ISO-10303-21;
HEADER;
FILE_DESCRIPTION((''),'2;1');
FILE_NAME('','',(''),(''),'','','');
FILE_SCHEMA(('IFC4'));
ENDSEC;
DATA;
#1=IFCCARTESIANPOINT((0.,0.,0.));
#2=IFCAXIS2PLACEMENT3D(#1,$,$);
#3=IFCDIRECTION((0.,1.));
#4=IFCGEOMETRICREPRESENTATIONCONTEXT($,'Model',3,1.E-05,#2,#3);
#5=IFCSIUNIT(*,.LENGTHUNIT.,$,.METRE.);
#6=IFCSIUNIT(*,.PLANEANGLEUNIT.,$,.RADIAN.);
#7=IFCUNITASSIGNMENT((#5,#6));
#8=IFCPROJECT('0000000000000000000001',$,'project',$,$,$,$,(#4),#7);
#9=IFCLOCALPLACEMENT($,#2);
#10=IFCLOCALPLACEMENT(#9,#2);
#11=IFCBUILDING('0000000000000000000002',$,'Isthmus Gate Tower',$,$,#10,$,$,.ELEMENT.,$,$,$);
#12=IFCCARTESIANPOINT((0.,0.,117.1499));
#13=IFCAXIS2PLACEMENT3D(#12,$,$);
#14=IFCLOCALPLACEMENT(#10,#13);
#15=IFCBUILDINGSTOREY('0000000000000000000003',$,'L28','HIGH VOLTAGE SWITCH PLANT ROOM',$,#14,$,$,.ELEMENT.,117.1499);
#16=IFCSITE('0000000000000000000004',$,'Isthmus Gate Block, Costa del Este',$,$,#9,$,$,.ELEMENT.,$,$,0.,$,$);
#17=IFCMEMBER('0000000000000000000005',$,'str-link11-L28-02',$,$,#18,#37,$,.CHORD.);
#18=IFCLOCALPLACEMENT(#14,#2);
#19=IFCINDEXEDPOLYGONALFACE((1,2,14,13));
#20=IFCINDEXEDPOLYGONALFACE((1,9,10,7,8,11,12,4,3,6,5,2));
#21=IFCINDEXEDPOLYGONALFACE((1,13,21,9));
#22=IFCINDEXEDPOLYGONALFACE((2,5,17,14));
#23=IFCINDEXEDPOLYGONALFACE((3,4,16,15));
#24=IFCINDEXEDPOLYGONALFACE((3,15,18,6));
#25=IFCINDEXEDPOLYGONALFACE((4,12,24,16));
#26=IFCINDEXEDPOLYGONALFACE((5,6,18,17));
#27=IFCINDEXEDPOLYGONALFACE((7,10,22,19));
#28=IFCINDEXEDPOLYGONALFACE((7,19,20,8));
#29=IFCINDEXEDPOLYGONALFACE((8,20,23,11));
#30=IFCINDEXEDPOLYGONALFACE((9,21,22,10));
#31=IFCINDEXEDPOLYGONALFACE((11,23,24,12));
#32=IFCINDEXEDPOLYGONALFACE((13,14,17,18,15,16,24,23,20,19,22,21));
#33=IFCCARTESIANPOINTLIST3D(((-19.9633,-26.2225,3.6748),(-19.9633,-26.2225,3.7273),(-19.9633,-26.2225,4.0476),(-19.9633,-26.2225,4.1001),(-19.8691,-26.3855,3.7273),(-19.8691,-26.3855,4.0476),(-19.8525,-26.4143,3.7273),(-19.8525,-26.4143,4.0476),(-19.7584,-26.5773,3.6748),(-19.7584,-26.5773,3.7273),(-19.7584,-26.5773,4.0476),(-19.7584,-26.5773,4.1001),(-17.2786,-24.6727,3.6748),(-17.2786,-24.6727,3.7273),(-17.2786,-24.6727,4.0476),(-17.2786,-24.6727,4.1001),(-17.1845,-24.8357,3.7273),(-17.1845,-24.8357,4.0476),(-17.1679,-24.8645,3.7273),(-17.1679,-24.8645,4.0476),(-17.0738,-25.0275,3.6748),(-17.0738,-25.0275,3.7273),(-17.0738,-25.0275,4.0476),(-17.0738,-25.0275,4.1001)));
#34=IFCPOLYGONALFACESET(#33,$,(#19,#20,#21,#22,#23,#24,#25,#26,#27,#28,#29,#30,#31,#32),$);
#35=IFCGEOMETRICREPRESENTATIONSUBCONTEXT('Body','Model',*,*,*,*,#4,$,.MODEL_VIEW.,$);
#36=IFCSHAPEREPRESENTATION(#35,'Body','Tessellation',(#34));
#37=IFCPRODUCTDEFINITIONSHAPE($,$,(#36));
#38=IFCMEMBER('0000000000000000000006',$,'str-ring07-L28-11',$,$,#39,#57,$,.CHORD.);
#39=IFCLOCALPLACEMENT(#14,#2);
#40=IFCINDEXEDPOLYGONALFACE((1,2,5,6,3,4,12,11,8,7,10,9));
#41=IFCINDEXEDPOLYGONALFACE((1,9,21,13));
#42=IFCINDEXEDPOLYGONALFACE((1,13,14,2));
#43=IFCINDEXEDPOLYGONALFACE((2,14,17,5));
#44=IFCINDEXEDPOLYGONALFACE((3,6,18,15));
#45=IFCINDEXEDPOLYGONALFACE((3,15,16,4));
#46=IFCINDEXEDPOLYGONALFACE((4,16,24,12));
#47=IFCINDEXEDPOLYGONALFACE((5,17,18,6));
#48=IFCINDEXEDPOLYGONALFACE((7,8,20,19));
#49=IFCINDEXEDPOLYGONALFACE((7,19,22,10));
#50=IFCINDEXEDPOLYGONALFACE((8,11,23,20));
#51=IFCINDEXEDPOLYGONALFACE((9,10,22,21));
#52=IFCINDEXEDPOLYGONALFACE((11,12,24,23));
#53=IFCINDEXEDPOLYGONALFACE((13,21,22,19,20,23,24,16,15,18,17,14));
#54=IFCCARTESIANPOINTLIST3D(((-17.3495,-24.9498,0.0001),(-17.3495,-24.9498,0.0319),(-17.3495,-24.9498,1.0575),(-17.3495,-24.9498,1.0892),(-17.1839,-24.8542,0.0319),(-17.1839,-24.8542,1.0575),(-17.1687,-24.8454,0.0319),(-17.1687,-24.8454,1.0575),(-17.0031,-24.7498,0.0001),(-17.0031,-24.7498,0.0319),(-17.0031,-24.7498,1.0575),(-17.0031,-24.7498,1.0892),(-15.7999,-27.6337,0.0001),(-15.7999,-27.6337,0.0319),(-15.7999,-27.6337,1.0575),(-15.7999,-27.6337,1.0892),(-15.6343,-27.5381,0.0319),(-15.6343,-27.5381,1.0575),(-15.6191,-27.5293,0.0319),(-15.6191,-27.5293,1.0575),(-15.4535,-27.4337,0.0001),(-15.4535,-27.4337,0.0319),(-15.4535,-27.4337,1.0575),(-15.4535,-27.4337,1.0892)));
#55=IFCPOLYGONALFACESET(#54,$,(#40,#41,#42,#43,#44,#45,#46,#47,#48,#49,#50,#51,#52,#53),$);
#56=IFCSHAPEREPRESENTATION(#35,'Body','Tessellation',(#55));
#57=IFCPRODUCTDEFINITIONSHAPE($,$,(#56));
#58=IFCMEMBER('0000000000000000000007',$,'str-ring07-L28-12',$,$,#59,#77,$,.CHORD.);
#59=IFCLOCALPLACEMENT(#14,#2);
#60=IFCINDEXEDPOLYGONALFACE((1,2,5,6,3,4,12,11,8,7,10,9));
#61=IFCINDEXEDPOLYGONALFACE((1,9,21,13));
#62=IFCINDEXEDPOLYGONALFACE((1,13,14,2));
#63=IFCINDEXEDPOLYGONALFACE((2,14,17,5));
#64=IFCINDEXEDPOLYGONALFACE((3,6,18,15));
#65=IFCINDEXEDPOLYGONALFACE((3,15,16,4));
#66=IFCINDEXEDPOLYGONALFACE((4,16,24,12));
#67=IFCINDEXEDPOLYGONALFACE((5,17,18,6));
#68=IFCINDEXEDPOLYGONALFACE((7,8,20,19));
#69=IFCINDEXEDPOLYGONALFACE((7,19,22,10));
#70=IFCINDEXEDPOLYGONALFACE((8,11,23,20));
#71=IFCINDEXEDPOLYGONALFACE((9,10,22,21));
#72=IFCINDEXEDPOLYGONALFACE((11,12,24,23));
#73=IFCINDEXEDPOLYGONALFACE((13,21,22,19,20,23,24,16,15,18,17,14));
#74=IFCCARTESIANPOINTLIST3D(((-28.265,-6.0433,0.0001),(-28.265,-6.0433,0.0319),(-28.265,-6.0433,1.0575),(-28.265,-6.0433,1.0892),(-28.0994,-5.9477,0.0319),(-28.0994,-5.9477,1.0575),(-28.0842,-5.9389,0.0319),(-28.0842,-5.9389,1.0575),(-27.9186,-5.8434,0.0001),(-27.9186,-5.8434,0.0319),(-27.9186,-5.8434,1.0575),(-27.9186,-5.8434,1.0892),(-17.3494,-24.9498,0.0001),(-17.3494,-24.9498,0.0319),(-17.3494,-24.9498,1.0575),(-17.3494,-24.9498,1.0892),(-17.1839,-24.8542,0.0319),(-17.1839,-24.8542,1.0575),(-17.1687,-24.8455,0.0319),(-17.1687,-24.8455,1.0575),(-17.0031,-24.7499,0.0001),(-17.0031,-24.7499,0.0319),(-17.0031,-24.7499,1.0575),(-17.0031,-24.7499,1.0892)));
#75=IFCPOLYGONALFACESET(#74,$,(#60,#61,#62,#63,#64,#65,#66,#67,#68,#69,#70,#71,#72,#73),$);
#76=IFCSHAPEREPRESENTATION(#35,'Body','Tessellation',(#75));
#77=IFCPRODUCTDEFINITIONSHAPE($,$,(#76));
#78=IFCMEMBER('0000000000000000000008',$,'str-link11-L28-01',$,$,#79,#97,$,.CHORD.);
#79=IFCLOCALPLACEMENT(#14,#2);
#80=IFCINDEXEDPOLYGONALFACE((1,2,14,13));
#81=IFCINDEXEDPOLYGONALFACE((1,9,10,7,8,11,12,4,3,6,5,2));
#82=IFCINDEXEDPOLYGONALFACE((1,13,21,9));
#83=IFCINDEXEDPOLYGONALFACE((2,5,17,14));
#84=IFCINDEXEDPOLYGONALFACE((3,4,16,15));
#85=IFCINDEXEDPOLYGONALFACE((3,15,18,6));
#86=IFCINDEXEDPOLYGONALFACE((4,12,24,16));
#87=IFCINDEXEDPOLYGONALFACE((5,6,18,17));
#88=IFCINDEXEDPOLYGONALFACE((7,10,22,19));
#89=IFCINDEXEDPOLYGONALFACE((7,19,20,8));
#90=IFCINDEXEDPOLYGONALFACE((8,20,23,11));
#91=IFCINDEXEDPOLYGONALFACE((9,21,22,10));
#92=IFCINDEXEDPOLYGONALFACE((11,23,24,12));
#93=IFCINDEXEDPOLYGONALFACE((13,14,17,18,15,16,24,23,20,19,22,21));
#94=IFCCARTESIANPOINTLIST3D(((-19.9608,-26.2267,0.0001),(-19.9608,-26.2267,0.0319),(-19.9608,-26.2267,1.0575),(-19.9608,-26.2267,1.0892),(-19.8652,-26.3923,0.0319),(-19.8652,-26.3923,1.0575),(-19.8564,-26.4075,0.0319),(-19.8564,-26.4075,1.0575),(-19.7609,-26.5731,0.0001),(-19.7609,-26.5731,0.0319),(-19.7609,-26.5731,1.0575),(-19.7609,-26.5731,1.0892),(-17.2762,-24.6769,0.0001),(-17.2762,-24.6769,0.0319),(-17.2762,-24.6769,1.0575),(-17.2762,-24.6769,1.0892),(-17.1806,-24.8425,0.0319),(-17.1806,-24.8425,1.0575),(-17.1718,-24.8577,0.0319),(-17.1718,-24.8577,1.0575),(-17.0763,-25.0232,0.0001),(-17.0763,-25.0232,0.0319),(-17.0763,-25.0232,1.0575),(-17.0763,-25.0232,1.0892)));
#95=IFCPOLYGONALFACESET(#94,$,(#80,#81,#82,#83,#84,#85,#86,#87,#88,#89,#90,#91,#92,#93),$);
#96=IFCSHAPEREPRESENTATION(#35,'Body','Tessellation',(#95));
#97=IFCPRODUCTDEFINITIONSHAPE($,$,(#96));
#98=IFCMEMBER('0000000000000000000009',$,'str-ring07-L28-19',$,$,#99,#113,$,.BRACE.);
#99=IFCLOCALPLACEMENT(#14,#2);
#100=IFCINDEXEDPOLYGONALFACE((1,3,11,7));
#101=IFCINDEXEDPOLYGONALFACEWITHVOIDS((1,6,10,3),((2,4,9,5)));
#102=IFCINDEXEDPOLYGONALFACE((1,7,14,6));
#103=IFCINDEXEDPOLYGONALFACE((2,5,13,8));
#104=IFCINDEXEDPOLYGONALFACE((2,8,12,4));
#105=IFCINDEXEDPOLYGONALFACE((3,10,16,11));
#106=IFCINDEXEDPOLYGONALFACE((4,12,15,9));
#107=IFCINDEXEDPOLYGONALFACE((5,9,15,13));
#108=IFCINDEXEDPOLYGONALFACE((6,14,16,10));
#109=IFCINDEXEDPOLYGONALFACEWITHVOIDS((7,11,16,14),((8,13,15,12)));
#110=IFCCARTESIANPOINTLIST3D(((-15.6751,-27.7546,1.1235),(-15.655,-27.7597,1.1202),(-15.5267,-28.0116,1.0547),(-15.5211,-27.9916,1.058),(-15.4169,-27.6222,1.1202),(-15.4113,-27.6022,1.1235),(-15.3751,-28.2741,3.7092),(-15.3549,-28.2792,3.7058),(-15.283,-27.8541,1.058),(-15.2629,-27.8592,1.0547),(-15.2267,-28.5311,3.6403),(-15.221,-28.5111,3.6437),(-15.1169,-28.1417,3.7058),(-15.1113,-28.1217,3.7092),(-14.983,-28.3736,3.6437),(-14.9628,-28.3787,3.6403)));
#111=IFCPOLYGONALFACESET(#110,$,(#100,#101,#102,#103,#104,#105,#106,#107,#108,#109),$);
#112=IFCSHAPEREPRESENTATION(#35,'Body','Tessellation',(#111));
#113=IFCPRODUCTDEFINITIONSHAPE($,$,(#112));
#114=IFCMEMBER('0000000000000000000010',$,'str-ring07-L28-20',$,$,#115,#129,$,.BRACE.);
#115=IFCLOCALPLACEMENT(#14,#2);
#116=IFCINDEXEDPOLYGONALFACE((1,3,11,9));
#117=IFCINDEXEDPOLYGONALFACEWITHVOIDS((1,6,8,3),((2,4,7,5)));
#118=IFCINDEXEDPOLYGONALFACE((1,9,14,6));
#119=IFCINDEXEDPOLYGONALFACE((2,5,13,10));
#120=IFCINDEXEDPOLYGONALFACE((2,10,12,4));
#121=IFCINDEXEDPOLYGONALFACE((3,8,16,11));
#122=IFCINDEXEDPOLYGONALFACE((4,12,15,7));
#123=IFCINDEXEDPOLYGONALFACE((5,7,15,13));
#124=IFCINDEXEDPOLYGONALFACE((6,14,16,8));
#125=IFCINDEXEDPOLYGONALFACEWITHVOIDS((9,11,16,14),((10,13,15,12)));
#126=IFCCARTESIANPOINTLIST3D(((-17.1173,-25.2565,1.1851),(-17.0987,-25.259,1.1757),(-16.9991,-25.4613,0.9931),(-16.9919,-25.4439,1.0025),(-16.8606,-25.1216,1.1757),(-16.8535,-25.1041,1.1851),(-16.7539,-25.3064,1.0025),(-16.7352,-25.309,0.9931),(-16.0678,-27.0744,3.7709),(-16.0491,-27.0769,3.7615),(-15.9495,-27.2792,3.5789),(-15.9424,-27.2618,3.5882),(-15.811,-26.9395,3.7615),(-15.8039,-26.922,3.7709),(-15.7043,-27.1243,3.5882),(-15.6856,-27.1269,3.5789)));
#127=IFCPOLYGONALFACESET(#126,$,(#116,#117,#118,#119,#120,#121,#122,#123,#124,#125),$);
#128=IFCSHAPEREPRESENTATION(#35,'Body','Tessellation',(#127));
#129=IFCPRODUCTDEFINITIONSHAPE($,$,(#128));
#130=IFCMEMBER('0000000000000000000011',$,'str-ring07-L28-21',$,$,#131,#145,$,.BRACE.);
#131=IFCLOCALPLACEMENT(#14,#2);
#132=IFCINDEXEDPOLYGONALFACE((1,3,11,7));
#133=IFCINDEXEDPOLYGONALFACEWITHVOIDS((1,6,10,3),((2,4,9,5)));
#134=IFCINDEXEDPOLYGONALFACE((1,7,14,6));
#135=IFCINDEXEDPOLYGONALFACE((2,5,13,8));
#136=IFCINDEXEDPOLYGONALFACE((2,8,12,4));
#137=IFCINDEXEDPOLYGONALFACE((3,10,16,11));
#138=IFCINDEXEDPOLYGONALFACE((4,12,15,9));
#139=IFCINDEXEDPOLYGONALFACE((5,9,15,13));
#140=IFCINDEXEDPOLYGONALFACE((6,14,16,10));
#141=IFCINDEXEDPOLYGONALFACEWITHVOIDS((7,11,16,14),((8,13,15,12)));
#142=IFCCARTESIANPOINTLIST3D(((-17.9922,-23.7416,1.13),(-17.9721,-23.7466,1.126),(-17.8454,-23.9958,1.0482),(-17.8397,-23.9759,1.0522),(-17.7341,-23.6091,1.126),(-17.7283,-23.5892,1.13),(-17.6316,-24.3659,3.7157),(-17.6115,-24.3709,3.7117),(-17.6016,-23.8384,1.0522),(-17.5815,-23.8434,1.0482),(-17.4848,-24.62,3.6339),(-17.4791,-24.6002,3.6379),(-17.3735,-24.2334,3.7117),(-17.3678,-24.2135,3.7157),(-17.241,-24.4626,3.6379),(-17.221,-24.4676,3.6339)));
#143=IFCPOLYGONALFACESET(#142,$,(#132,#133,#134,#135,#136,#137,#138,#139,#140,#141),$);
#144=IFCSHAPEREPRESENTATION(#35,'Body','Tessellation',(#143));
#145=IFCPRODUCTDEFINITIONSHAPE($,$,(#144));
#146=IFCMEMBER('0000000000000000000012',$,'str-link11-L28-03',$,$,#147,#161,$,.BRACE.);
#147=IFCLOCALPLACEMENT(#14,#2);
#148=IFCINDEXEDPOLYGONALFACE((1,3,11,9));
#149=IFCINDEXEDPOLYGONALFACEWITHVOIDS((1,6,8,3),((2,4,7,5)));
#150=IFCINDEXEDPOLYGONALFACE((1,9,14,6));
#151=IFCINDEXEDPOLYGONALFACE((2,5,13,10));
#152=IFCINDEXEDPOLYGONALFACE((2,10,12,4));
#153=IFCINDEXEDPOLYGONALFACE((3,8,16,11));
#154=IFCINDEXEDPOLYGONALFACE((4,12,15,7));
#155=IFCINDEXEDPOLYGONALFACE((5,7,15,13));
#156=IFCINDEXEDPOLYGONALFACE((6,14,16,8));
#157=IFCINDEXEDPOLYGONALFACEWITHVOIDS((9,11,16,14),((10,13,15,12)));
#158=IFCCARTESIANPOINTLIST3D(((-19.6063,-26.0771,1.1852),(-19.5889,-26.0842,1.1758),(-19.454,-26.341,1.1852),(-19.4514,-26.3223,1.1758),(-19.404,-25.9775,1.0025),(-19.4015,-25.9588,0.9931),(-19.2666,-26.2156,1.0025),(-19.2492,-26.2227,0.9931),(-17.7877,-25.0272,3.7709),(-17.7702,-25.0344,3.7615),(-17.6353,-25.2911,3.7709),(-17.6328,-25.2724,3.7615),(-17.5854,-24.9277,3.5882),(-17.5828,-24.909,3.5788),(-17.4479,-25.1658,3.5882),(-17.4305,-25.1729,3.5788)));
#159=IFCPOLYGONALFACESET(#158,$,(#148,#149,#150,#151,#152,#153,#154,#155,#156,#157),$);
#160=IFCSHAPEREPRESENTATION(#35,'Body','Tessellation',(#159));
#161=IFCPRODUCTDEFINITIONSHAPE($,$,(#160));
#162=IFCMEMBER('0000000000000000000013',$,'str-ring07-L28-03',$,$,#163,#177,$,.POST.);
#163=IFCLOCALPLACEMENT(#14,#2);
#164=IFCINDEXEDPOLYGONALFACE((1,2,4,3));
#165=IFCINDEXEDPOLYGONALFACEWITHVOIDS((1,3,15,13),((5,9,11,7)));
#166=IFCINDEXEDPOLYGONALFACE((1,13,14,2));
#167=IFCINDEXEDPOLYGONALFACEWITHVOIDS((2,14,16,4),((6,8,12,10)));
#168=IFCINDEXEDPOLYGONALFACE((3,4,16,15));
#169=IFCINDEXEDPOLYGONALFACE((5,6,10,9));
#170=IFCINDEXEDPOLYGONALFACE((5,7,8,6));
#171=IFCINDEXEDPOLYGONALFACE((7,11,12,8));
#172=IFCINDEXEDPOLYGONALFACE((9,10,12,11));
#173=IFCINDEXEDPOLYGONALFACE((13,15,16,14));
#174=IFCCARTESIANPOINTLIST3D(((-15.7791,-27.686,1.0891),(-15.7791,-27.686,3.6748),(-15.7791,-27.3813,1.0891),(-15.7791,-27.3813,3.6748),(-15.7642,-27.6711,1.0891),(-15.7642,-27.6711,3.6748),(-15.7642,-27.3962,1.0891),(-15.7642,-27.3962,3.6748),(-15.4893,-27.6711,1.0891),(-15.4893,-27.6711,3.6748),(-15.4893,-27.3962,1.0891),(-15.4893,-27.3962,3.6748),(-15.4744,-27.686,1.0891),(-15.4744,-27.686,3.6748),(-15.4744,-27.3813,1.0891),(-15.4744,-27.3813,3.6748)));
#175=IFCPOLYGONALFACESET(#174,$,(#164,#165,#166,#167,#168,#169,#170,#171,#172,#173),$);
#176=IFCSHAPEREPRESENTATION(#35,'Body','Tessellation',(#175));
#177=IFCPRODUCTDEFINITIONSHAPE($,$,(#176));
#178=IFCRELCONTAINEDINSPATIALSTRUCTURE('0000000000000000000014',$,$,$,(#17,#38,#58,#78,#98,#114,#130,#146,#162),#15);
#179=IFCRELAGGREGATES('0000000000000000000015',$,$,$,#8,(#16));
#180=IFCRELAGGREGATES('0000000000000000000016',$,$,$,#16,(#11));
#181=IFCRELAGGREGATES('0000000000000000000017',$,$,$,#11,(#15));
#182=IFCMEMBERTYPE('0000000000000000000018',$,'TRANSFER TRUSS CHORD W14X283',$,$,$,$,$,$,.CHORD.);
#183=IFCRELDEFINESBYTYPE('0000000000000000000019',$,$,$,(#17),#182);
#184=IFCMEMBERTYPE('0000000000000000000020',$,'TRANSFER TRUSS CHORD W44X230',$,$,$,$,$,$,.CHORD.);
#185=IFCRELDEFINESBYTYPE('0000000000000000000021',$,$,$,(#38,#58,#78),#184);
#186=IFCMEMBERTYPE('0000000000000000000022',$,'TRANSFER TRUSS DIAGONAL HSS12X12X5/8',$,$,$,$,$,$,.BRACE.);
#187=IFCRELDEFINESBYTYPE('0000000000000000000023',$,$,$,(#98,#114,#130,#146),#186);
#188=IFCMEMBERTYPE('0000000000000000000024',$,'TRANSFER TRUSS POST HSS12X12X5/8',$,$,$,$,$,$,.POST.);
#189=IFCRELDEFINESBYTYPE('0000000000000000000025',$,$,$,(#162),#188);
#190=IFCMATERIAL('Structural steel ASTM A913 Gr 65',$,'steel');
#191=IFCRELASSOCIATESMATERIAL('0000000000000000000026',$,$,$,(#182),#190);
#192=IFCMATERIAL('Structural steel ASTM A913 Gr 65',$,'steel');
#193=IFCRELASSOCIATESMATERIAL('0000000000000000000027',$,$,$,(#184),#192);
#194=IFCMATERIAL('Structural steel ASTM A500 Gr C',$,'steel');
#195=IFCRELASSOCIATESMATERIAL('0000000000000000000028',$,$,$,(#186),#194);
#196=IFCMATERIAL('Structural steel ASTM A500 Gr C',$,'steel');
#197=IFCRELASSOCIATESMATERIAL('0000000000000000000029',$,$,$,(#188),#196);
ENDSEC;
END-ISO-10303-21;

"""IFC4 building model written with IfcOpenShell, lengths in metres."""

from ifc_helpers import new_model, si_unit, direction, frame, origin, origin_2d, place, context, subcontext, project, spatial, hollow_rectangle, i_section, extrude, material, material_profile, profile_set, type_object, element, save


model = new_model("IFC4")

# Units and contexts
model_context = context("Model", 3, precision=1e-05, world=origin(), true_north=direction((0.0, 1.0)))
body_context = subcontext(model_context, "Body", "Model", "MODEL_VIEW")
ifc_project = project(units=[si_unit("LENGTHUNIT", "METRE"), si_unit("PLANEANGLEUNIT", "RADIAN")], contexts=[model_context])

# Site, building, storey
site_placement = place(None, origin())
site = spatial("IfcSite", under=ifc_project, at=site_placement, Name="Isthmus Gate Block, Costa del Este", CompositionType="ELEMENT", RefElevation=0.0)
building_placement = place(site_placement, origin())
building = spatial("IfcBuilding", under=site, at=building_placement, Name="Isthmus Gate Tower", CompositionType="ELEMENT")
storey_placement = place(building_placement, frame((0.0, 0.0, 117.1499)))
storey = spatial("IfcBuildingStorey", under=building, at=storey_placement, Name="L28", Description="HIGH VOLTAGE SWITCH PLANT ROOM", CompositionType="ELEMENT", Elevation=117.1499)

# Members
ifc_material_1 = material(Name="Structural steel ASTM A913 Gr 65", Category="steel")
ifc_material_profile_1 = material_profile(ifc_material_1, i_section(OverallWidth=0.4097, OverallDepth=0.4253, WebThickness=0.0332, FlangeThickness=0.0525, at=origin_2d()), Name="W14X283")
ifc_profile_set_1 = profile_set([ifc_material_profile_1], Name="Structural steel ASTM A913 Gr 65")
member_type_1 = type_object("IfcMemberType", Name="TRANSFER TRUSS CHORD W14X283", PredefinedType="CHORD", material=ifc_profile_set_1)
member_1_placement = place(storey_placement, frame((-19.8608, -26.3999, 3.8875), z_axis=(0.866044, 0.499968, 0.0), x_axis=(-0.499968, 0.866044, 0.0)))
element("IfcMember", 1, at=member_1_placement, inside=storey, type_object=member_type_1, Name="str-link11-L28-02", PredefinedType="CHORD", context=body_context, shape_type="SweptSolid", body=[
    extrude(i_section(OverallWidth=0.4097, OverallDepth=0.4253, WebThickness=0.0332, FlangeThickness=0.0525, at=origin_2d()), origin(), (0.0, 0.0, 1.0), 3.0999),
])
ifc_material_2 = material(Name="Structural steel ASTM A913 Gr 65", Category="steel")
ifc_material_profile_2 = material_profile(ifc_material_2, i_section(OverallWidth=0.3999, OverallDepth=1.0891, WebThickness=0.0176, FlangeThickness=0.0317, at=origin_2d()), Name="W44X230")
ifc_profile_set_2 = profile_set([ifc_material_profile_2], Name="Structural steel ASTM A913 Gr 65")
member_type_2 = type_object("IfcMemberType", Name="TRANSFER TRUSS CHORD W44X230", PredefinedType="CHORD", material=ifc_profile_set_2)
member_2_placement = place(storey_placement, frame((-15.6267, -27.5337, 0.5447), z_axis=(-0.500011, 0.866019, 0.0), x_axis=(-0.866019, -0.500011, 0.0)))
element("IfcMember", 2, at=member_2_placement, inside=storey, type_object=member_type_2, Name="str-ring07-L28-11", PredefinedType="CHORD", context=body_context, shape_type="SweptSolid", body=[
    extrude(i_section(OverallWidth=0.3999, OverallDepth=1.0891, WebThickness=0.0176, FlangeThickness=0.0317, at=origin_2d()), origin(), (0.0, 0.0, 1.0), 3.0991),
])
member_3_placement = place(storey_placement, frame((-17.1763, -24.8499, 0.5447), z_axis=(-0.499995, 0.866028, 0.0), x_axis=(-0.866028, -0.499995, 0.0)))
element("IfcMember", 3, at=member_3_placement, inside=storey, type_object=member_type_2, Name="str-ring07-L28-12", PredefinedType="CHORD", context=body_context, shape_type="SweptSolid", body=[
    extrude(i_section(OverallWidth=0.3999, OverallDepth=1.0891, WebThickness=0.0176, FlangeThickness=0.0317, at=origin_2d()), origin(), (0.0, 0.0, 1.0), 21.8313),
])
member_4_placement = place(storey_placement, frame((-19.8608, -26.3999, 0.5447), z_axis=(0.866044, 0.499968, 0.0), x_axis=(-0.499968, 0.866044, 0.0)))
element("IfcMember", 4, at=member_4_placement, inside=storey, type_object=member_type_2, Name="str-link11-L28-01", PredefinedType="CHORD", context=body_context, shape_type="SweptSolid", body=[
    extrude(i_section(OverallWidth=0.3999, OverallDepth=1.0891, WebThickness=0.0176, FlangeThickness=0.0317, at=origin_2d()), origin(), (0.0, 0.0, 1.0), 3.0999),
])
ifc_material_3 = material(Name="Structural steel ASTM A500 Gr C", Category="steel")
ifc_material_profile_3 = material_profile(ifc_material_3, hollow_rectangle(XDim=0.3047, YDim=0.3047, WallThickness=0.0149, at=origin_2d()), Name="HSS12X12X5/8")
ifc_profile_set_3 = profile_set([ifc_material_profile_3], Name="Structural steel ASTM A500 Gr C")
member_type_3 = type_object("IfcMemberType", Name="TRANSFER TRUSS DIAGONAL HSS12X12X5/8", PredefinedType="BRACE", material=ifc_profile_set_3)
member_5_placement = place(storey_placement, frame((-15.469, -27.8069, 1.0891), z_axis=(0.113039, -0.195726, 0.974122), x_axis=(0.865955, 0.500122, 0.0)))
element("IfcMember", 5, at=member_5_placement, inside=storey, type_object=member_type_3, Name="str-ring07-L28-19", PredefinedType="BRACE", context=body_context, shape_type="SweptSolid", body=[
    extrude(hollow_rectangle(XDim=0.3047, YDim=0.3047, WallThickness=0.0149, at=origin_2d()), origin(), (0.0, 0.0, 1.0), 2.6543),
])
member_6_placement = place(storey_placement, frame((-16.9263, -25.2827, 1.0891), z_axis=(0.315139, -0.54583, 0.776374), x_axis=(0.866023, 0.500004, 0.0)))
element("IfcMember", 6, at=member_6_placement, inside=storey, type_object=member_type_3, Name="str-ring07-L28-20", PredefinedType="BRACE", context=body_context, shape_type="SweptSolid", body=[
    extrude(hollow_rectangle(XDim=0.3047, YDim=0.3047, WallThickness=0.0149, at=origin_2d()), origin(), (0.0, 0.0, 1.0), 3.3306),
])
member_7_placement = place(storey_placement, frame((-17.7869, -23.7925, 1.0891), z_axis=(0.134334, -0.232561, 0.96326), x_axis=(0.86592, 0.500182, 0.0)))
element("IfcMember", 7, at=member_7_placement, inside=storey, type_object=member_type_3, Name="str-ring07-L28-21", PredefinedType="BRACE", context=body_context, shape_type="SweptSolid", body=[
    extrude(hollow_rectangle(XDim=0.3047, YDim=0.3047, WallThickness=0.0149, at=origin_2d()), origin(), (0.0, 0.0, 1.0), 2.6843),
])
member_8_placement = place(storey_placement, frame((-19.4277, -26.1499, 1.0891), z_axis=(0.545972, 0.315167, 0.776263), x_axis=(-0.499941, 0.86606, 0.0)))
element("IfcMember", 8, at=member_8_placement, inside=storey, type_object=member_type_3, Name="str-link11-L28-03", PredefinedType="BRACE", context=body_context, shape_type="SweptSolid", body=[
    extrude(hollow_rectangle(XDim=0.3047, YDim=0.3047, WallThickness=0.0149, at=origin_2d()), origin(), (0.0, 0.0, 1.0), 3.3311),
])
ifc_material_4 = material(Name="Structural steel ASTM A500 Gr C", Category="steel")
ifc_material_profile_4 = material_profile(ifc_material_4, hollow_rectangle(XDim=0.3047, YDim=0.3047, WallThickness=0.0149, at=origin_2d()), Name="HSS12X12X5/8")
ifc_profile_set_4 = profile_set([ifc_material_profile_4], Name="Structural steel ASTM A500 Gr C")
member_type_4 = type_object("IfcMemberType", Name="TRANSFER TRUSS POST HSS12X12X5/8", PredefinedType="POST", material=ifc_profile_set_4)
for number, where, z_axis, x_axis, name in (
    (9, (-15.6267, -27.5337, 1.0891), (0.0, 0.0, 1.0), (1.0, 0.0, 0.0), "str-ring07-L28-03"),
):
    element("IfcMember", number, at=place(storey_placement, frame(where, z_axis=z_axis, x_axis=x_axis)), inside=storey, type_object=member_type_4, Name=name, PredefinedType="POST", context=body_context, shape_type="SweptSolid", body=[
        extrude(hollow_rectangle(XDim=0.3047, YDim=0.3047, WallThickness=0.0149, at=origin_2d()), origin(), (0.0, 0.0, 1.0), 2.5857),
    ])

save(model, "model.ifc")
